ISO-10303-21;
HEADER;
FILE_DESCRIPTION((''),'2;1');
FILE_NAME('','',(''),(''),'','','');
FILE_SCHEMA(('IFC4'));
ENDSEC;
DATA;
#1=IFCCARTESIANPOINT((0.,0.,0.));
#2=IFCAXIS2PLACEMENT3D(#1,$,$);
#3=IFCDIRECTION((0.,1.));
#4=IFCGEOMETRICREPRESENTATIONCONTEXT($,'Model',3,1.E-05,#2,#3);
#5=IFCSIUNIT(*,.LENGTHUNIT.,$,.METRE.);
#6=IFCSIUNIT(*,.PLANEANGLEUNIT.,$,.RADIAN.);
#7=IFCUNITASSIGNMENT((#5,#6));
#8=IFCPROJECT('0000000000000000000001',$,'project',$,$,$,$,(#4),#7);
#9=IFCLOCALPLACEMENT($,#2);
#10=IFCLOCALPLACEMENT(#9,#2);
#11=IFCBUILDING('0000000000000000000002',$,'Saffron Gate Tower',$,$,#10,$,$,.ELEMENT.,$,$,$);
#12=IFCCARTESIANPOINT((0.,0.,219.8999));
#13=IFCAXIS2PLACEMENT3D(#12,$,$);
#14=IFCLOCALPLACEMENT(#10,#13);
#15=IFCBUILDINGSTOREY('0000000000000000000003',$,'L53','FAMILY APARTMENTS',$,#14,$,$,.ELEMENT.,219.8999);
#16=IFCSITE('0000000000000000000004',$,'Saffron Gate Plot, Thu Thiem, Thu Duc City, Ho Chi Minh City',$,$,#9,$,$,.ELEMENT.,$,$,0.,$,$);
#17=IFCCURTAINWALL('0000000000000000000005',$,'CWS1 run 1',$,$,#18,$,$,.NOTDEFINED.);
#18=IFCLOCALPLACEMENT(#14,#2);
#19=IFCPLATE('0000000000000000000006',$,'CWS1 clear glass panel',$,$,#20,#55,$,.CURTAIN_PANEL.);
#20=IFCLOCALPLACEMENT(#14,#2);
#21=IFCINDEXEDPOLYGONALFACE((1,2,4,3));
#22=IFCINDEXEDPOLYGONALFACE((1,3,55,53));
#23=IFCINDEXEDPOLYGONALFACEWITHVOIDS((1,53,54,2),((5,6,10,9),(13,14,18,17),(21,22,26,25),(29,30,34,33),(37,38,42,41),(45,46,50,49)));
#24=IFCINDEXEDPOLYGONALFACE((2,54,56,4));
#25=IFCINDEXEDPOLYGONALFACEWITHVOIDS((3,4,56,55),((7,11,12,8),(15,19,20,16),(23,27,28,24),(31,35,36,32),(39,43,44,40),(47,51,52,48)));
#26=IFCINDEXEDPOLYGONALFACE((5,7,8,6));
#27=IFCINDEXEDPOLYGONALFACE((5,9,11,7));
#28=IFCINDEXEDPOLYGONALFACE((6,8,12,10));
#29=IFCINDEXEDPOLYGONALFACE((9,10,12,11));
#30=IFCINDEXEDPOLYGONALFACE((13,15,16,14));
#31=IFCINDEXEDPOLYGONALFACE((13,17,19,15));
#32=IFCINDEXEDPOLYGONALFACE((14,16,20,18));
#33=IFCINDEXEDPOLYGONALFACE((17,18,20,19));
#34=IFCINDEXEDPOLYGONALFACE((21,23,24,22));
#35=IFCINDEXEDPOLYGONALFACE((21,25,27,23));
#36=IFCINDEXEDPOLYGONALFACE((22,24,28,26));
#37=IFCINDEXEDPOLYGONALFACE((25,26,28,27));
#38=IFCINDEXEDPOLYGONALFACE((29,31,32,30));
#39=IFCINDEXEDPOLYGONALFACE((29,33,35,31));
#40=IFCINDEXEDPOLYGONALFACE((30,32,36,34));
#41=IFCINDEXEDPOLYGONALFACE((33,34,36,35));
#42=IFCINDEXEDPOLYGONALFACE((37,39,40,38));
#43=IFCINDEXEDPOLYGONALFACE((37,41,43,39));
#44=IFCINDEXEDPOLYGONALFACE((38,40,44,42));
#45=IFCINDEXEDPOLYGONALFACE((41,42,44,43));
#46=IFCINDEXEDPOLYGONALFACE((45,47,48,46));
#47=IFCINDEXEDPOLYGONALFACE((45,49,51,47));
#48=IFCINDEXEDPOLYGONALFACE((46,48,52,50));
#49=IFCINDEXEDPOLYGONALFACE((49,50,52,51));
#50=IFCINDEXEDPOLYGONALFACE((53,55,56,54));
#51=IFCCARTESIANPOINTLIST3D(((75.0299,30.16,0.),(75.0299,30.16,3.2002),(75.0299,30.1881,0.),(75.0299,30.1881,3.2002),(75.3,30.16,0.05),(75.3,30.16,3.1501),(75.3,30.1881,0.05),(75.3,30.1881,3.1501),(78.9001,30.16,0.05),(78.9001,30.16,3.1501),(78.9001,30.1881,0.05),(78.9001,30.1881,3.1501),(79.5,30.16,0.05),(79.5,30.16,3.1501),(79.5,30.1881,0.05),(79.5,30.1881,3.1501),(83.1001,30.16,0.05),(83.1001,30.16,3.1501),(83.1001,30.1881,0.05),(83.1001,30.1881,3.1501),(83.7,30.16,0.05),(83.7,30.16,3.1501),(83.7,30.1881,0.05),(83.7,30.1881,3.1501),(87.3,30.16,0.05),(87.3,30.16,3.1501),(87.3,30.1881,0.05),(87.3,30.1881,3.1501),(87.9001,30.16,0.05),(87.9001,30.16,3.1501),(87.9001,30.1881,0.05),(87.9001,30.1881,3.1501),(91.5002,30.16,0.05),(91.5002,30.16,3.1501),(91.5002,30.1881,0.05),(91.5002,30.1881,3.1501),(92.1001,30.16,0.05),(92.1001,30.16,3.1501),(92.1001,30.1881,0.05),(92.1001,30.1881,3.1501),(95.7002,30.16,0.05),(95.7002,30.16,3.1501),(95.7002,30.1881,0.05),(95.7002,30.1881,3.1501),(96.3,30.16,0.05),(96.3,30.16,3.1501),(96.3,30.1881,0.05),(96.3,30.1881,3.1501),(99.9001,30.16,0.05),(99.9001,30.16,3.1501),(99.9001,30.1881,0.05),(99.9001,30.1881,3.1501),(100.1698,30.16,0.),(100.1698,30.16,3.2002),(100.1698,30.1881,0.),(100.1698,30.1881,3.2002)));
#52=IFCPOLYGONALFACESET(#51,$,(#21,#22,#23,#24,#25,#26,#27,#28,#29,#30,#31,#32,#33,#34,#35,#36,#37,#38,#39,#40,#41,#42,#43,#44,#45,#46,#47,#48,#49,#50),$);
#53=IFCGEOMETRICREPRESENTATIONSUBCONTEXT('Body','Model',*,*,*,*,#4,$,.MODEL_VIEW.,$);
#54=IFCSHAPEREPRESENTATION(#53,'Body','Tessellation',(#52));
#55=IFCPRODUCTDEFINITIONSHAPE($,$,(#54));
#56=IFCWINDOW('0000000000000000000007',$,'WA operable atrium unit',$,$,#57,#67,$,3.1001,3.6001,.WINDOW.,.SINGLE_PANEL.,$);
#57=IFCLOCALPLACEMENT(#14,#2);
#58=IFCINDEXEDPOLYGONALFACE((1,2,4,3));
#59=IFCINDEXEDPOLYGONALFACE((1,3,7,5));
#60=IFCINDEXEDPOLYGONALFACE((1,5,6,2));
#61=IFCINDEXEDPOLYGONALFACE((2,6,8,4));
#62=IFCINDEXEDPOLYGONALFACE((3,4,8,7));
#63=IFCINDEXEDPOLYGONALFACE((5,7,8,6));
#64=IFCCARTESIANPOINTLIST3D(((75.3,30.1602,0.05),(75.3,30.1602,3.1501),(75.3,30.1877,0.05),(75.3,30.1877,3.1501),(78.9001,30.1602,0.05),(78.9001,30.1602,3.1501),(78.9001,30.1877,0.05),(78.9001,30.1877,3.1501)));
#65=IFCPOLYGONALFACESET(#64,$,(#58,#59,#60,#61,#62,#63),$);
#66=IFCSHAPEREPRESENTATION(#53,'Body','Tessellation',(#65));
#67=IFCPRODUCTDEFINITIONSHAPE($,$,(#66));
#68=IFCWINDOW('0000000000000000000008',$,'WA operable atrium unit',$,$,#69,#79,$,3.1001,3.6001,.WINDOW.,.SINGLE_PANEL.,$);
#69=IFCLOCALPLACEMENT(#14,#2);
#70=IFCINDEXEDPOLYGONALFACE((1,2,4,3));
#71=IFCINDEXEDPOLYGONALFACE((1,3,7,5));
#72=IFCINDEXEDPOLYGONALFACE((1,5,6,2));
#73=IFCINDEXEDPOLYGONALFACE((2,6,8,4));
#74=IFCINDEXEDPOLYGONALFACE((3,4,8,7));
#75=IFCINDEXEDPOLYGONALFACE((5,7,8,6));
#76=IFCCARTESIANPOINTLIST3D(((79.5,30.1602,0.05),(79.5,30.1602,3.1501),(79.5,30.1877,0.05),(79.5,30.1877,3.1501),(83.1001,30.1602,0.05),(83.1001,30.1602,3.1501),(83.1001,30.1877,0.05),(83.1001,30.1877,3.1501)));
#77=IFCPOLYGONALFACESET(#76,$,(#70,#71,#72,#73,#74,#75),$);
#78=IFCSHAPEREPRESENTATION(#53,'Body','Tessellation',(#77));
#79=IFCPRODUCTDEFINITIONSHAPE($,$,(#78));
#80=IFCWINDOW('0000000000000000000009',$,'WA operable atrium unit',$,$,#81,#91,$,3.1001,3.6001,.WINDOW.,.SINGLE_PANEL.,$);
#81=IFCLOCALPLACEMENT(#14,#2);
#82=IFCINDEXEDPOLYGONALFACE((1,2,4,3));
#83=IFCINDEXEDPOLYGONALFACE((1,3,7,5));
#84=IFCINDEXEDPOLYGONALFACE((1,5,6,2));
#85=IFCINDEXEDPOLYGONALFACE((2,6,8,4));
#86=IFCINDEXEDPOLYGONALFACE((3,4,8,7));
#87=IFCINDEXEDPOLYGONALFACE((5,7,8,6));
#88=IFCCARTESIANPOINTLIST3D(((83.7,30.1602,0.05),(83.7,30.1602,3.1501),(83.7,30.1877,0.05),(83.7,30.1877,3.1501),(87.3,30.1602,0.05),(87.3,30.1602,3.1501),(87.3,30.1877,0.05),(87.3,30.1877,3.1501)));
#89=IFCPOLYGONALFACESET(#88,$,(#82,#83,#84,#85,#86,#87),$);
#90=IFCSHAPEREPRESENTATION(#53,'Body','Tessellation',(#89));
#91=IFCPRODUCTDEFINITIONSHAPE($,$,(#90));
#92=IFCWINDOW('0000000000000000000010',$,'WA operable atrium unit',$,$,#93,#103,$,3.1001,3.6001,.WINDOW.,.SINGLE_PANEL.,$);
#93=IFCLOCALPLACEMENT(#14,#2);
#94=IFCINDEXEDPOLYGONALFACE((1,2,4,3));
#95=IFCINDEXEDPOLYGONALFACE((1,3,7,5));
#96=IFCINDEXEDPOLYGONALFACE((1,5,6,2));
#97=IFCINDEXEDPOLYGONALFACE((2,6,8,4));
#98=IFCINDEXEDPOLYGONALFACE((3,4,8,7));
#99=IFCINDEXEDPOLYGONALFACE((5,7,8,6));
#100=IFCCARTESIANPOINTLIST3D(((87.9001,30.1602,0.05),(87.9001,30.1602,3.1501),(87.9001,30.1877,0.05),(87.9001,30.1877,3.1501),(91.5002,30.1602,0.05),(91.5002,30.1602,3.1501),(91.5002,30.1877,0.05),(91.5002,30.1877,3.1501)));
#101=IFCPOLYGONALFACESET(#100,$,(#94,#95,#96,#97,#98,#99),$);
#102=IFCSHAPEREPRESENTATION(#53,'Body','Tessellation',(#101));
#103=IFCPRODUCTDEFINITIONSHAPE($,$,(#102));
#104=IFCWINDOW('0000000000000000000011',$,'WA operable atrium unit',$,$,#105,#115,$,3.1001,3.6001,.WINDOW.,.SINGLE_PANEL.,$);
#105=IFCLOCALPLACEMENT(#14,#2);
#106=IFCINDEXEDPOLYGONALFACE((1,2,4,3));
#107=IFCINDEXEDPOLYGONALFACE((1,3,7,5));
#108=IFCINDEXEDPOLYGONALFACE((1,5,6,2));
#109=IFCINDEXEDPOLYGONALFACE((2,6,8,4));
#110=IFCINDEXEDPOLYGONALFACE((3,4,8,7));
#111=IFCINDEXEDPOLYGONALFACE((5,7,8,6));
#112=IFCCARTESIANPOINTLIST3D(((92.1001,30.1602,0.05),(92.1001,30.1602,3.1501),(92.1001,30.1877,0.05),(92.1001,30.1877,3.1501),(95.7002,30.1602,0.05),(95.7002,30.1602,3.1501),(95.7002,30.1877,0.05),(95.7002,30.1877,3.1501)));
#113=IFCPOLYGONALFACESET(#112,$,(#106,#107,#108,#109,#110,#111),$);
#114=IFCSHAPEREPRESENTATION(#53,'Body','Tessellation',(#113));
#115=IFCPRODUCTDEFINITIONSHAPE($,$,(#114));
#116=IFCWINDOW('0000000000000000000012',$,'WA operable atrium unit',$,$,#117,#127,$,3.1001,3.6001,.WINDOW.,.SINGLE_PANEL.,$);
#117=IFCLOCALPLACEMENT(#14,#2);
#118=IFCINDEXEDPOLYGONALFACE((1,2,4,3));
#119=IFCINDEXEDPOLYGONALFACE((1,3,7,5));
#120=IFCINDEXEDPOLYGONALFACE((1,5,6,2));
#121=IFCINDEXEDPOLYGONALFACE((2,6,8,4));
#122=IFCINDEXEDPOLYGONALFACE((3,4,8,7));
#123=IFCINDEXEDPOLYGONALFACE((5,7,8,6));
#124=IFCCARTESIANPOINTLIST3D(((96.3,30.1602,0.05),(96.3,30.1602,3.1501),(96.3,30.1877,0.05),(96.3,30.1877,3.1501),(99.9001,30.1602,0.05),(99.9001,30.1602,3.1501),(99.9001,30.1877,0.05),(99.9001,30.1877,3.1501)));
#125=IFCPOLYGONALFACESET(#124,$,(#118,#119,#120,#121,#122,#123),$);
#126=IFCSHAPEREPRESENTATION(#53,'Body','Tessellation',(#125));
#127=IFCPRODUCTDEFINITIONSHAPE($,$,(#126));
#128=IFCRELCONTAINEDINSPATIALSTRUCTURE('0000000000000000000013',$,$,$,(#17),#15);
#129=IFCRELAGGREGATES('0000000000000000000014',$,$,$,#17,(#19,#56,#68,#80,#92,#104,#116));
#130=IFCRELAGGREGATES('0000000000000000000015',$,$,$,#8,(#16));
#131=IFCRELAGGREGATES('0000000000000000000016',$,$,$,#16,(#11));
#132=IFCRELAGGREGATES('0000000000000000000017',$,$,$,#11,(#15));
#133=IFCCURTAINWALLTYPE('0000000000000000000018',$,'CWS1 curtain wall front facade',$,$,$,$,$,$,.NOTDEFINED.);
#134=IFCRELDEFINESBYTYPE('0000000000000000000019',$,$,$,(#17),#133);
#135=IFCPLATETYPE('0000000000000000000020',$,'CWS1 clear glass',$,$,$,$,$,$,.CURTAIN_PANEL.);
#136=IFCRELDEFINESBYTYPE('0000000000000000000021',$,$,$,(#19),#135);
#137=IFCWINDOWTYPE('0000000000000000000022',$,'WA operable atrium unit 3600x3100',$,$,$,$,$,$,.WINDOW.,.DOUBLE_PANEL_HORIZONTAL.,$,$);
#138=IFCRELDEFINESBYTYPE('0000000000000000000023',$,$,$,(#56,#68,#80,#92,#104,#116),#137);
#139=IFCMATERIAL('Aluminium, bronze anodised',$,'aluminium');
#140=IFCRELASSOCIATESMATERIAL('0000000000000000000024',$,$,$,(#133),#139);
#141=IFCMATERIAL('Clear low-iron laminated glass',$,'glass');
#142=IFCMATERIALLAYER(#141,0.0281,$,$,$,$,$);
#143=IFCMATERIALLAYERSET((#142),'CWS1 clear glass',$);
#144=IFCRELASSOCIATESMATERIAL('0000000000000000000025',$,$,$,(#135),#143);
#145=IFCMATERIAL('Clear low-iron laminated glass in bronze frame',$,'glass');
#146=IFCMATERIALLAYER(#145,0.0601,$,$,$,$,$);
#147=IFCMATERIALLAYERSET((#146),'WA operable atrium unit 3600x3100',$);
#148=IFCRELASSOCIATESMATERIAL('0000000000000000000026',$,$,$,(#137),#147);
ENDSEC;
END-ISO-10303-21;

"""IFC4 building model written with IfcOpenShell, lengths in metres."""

from ifc_helpers import new_model, si_unit, direction, frame, frame_2d, origin, place, context, subcontext, project, spatial, rectangle, extrude, material, layer, layer_set, type_object, element, fill, aggregate, save


model = new_model("IFC4")

# Units and contexts
model_context = context("Model", 3, precision=1e-05, world=origin(), true_north=direction((0.0, 1.0)))
body_context = subcontext(model_context, "Body", "Model", "MODEL_VIEW")
ifc_project = project(units=[si_unit("LENGTHUNIT", "METRE"), si_unit("PLANEANGLEUNIT", "RADIAN")], contexts=[model_context])

# Site, building, storey
site_placement = place(None, origin())
site = spatial("IfcSite", under=ifc_project, at=site_placement, Name="Saffron Gate Plot, Thu Thiem, Thu Duc City, Ho Chi Minh City", CompositionType="ELEMENT", RefElevation=0.0)
building_placement = place(site_placement, origin())
building = spatial("IfcBuilding", under=site, at=building_placement, Name="Saffron Gate Tower", CompositionType="ELEMENT")
storey_placement = place(building_placement, frame((0.0, 0.0, 219.8999)))
storey = spatial("IfcBuildingStorey", under=building, at=storey_placement, Name="L53", Description="FAMILY APARTMENTS", CompositionType="ELEMENT", Elevation=219.8999)

# Curtain wall, plate, openings, windows
ifc_material_1 = material(Name="Aluminium, bronze anodised", Category="aluminium")
curtain_wall_type = type_object("IfcCurtainWallType", Name="CWS1 curtain wall front facade", PredefinedType="NOTDEFINED", material=ifc_material_1)
curtain_wall_placement = place(storey_placement, origin())
curtain_wall = element("IfcCurtainWall", 1, at=curtain_wall_placement, inside=storey, type_object=curtain_wall_type, Name="CWS1 run 1", PredefinedType="NOTDEFINED")
ifc_material_2 = material(Name="Clear low-iron laminated glass", Category="glass")
ifc_layer_1 = layer(ifc_material_2, 0.0281)
ifc_layer_set_1 = layer_set([ifc_layer_1], Name="CWS1 clear glass")
plate_type = type_object("IfcPlateType", Name="CWS1 clear glass", PredefinedType="CURTAIN_PANEL", material=ifc_layer_set_1)
plate_placement = place(storey_placement, frame((75.03, 30.1741, 0.0), z_axis=(0.0, 0.0, 1.0), x_axis=(1.0, 0.0, 0.0)))
plate = element("IfcPlate", 2, at=plate_placement, type_object=plate_type, Name="CWS1 clear glass panel", PredefinedType="CURTAIN_PANEL", context=body_context, shape_type="SweptSolid", body=[
    extrude(rectangle(XDim=25.1399, YDim=0.0281, at=frame_2d((12.5698, 0.0))), origin(), (0.0, 0.0, 1.0), 3.2002),
])
opening_1_placement = place(plate_placement, frame((0.27, 0.0, 0.05)))
opening_1 = element("IfcOpeningElement", 3, at=opening_1_placement, cuts=plate, PredefinedType="OPENING", context=body_context, shape_type="SweptSolid", body=[
    extrude(rectangle(XDim=3.6001, YDim=3.1001, at=frame_2d((1.8, 1.55))), frame((0.0, 0.0239, 0.0), z_axis=(0.0, -1.0, 0.0), x_axis=(1.0, 0.0, 0.0)), (0.0, 0.0, 1.0), 0.0481),
])
opening_2_placement = place(plate_placement, frame((4.47, 0.0, 0.05)))
opening_2 = element("IfcOpeningElement", 4, at=opening_2_placement, cuts=plate, PredefinedType="OPENING", context=body_context, shape_type="SweptSolid", body=[
    extrude(rectangle(XDim=3.6001, YDim=3.1001, at=frame_2d((1.8, 1.55))), frame((0.0, 0.0239, 0.0), z_axis=(0.0, -1.0, 0.0), x_axis=(1.0, 0.0, 0.0)), (0.0, 0.0, 1.0), 0.0481),
])
opening_3_placement = place(plate_placement, frame((8.6699, 0.0, 0.05)))
opening_3 = element("IfcOpeningElement", 5, at=opening_3_placement, cuts=plate, PredefinedType="OPENING", context=body_context, shape_type="SweptSolid", body=[
    extrude(rectangle(XDim=3.6001, YDim=3.1001, at=frame_2d((1.8, 1.55))), frame((0.0, 0.0239, 0.0), z_axis=(0.0, -1.0, 0.0), x_axis=(1.0, 0.0, 0.0)), (0.0, 0.0, 1.0), 0.0481),
])
opening_4_placement = place(plate_placement, frame((12.8701, 0.0, 0.05)))
opening_4 = element("IfcOpeningElement", 6, at=opening_4_placement, cuts=plate, PredefinedType="OPENING", context=body_context, shape_type="SweptSolid", body=[
    extrude(rectangle(XDim=3.6001, YDim=3.1001, at=frame_2d((1.8, 1.55))), frame((0.0, 0.0239, 0.0), z_axis=(0.0, -1.0, 0.0), x_axis=(1.0, 0.0, 0.0)), (0.0, 0.0, 1.0), 0.0481),
])
opening_5_placement = place(plate_placement, frame((17.0701, 0.0, 0.05)))
opening_5 = element("IfcOpeningElement", 7, at=opening_5_placement, cuts=plate, PredefinedType="OPENING", context=body_context, shape_type="SweptSolid", body=[
    extrude(rectangle(XDim=3.6001, YDim=3.1001, at=frame_2d((1.8, 1.55))), frame((0.0, 0.0239, 0.0), z_axis=(0.0, -1.0, 0.0), x_axis=(1.0, 0.0, 0.0)), (0.0, 0.0, 1.0), 0.0481),
])
opening_6_placement = place(plate_placement, frame((21.27, 0.0, 0.05)))
opening_6 = element("IfcOpeningElement", 8, at=opening_6_placement, cuts=plate, PredefinedType="OPENING", context=body_context, shape_type="SweptSolid", body=[
    extrude(rectangle(XDim=3.6001, YDim=3.1001, at=frame_2d((1.8, 1.55))), frame((0.0, 0.0239, 0.0), z_axis=(0.0, -1.0, 0.0), x_axis=(1.0, 0.0, 0.0)), (0.0, 0.0, 1.0), 0.0481),
])
ifc_material_3 = material(Name="Clear low-iron laminated glass in bronze frame", Category="glass")
ifc_layer_2 = layer(ifc_material_3, 0.0601)
ifc_layer_set_2 = layer_set([ifc_layer_2], Name="WA operable atrium unit 3600x3100")
window_type = type_object("IfcWindowType", Name="WA operable atrium unit 3600x3100", PartitioningType="DOUBLE_PANEL_HORIZONTAL", PredefinedType="WINDOW", material=ifc_layer_set_2)
window_1_placement = place(opening_1_placement, origin())
window_1 = element("IfcWindow", 9, at=window_1_placement, type_object=window_type, Name="WA operable atrium unit", OverallHeight=3.1001, OverallWidth=3.6001, PartitioningType="SINGLE_PANEL", PredefinedType="WINDOW", context=body_context, shape_type="SweptSolid", body=[
    extrude(rectangle(XDim=3.6001, YDim=3.1001, at=frame_2d((1.8, 1.55))), frame((0.0, 0.0137, 0.0), z_axis=(0.0, -1.0, 0.0), x_axis=(1.0, 0.0, 0.0)), (0.0, 0.0, 1.0), 0.0276),
])
fill(opening_1, window_1)
window_2_placement = place(opening_2_placement, origin())
window_2 = element("IfcWindow", 10, at=window_2_placement, type_object=window_type, Name="WA operable atrium unit", OverallHeight=3.1001, OverallWidth=3.6001, PartitioningType="SINGLE_PANEL", PredefinedType="WINDOW", context=body_context, shape_type="SweptSolid", body=[
    extrude(rectangle(XDim=3.6001, YDim=3.1001, at=frame_2d((1.8, 1.55))), frame((0.0, 0.0137, 0.0), z_axis=(0.0, -1.0, 0.0), x_axis=(1.0, 0.0, 0.0)), (0.0, 0.0, 1.0), 0.0276),
])
fill(opening_2, window_2)
window_3_placement = place(opening_3_placement, origin())
window_3 = element("IfcWindow", 11, at=window_3_placement, type_object=window_type, Name="WA operable atrium unit", OverallHeight=3.1001, OverallWidth=3.6001, PartitioningType="SINGLE_PANEL", PredefinedType="WINDOW", context=body_context, shape_type="SweptSolid", body=[
    extrude(rectangle(XDim=3.6001, YDim=3.1001, at=frame_2d((1.8, 1.55))), frame((0.0, 0.0137, 0.0), z_axis=(0.0, -1.0, 0.0), x_axis=(1.0, 0.0, 0.0)), (0.0, 0.0, 1.0), 0.0276),
])
fill(opening_3, window_3)
window_4_placement = place(opening_4_placement, origin())
window_4 = element("IfcWindow", 12, at=window_4_placement, type_object=window_type, Name="WA operable atrium unit", OverallHeight=3.1001, OverallWidth=3.6001, PartitioningType="SINGLE_PANEL", PredefinedType="WINDOW", context=body_context, shape_type="SweptSolid", body=[
    extrude(rectangle(XDim=3.6001, YDim=3.1001, at=frame_2d((1.8, 1.55))), frame((0.0, 0.0137, 0.0), z_axis=(0.0, -1.0, 0.0), x_axis=(1.0, 0.0, 0.0)), (0.0, 0.0, 1.0), 0.0276),
])
fill(opening_4, window_4)
window_5_placement = place(opening_5_placement, origin())
window_5 = element("IfcWindow", 13, at=window_5_placement, type_object=window_type, Name="WA operable atrium unit", OverallHeight=3.1001, OverallWidth=3.6001, PartitioningType="SINGLE_PANEL", PredefinedType="WINDOW", context=body_context, shape_type="SweptSolid", body=[
    extrude(rectangle(XDim=3.6001, YDim=3.1001, at=frame_2d((1.8, 1.55))), frame((0.0, 0.0137, 0.0), z_axis=(0.0, -1.0, 0.0), x_axis=(1.0, 0.0, 0.0)), (0.0, 0.0, 1.0), 0.0276),
])
fill(opening_5, window_5)
window_6_placement = place(opening_6_placement, origin())
window_6 = element("IfcWindow", 14, at=window_6_placement, type_object=window_type, Name="WA operable atrium unit", OverallHeight=3.1001, OverallWidth=3.6001, PartitioningType="SINGLE_PANEL", PredefinedType="WINDOW", context=body_context, shape_type="SweptSolid", body=[
    extrude(rectangle(XDim=3.6001, YDim=3.1001, at=frame_2d((1.8, 1.55))), frame((0.0, 0.0137, 0.0), z_axis=(0.0, -1.0, 0.0), x_axis=(1.0, 0.0, 0.0)), (0.0, 0.0, 1.0), 0.0276),
])
fill(opening_6, window_6)
aggregate(curtain_wall, [plate, window_1, window_2, window_3, window_4, window_5, window_6])

save(model, "model.ifc")
